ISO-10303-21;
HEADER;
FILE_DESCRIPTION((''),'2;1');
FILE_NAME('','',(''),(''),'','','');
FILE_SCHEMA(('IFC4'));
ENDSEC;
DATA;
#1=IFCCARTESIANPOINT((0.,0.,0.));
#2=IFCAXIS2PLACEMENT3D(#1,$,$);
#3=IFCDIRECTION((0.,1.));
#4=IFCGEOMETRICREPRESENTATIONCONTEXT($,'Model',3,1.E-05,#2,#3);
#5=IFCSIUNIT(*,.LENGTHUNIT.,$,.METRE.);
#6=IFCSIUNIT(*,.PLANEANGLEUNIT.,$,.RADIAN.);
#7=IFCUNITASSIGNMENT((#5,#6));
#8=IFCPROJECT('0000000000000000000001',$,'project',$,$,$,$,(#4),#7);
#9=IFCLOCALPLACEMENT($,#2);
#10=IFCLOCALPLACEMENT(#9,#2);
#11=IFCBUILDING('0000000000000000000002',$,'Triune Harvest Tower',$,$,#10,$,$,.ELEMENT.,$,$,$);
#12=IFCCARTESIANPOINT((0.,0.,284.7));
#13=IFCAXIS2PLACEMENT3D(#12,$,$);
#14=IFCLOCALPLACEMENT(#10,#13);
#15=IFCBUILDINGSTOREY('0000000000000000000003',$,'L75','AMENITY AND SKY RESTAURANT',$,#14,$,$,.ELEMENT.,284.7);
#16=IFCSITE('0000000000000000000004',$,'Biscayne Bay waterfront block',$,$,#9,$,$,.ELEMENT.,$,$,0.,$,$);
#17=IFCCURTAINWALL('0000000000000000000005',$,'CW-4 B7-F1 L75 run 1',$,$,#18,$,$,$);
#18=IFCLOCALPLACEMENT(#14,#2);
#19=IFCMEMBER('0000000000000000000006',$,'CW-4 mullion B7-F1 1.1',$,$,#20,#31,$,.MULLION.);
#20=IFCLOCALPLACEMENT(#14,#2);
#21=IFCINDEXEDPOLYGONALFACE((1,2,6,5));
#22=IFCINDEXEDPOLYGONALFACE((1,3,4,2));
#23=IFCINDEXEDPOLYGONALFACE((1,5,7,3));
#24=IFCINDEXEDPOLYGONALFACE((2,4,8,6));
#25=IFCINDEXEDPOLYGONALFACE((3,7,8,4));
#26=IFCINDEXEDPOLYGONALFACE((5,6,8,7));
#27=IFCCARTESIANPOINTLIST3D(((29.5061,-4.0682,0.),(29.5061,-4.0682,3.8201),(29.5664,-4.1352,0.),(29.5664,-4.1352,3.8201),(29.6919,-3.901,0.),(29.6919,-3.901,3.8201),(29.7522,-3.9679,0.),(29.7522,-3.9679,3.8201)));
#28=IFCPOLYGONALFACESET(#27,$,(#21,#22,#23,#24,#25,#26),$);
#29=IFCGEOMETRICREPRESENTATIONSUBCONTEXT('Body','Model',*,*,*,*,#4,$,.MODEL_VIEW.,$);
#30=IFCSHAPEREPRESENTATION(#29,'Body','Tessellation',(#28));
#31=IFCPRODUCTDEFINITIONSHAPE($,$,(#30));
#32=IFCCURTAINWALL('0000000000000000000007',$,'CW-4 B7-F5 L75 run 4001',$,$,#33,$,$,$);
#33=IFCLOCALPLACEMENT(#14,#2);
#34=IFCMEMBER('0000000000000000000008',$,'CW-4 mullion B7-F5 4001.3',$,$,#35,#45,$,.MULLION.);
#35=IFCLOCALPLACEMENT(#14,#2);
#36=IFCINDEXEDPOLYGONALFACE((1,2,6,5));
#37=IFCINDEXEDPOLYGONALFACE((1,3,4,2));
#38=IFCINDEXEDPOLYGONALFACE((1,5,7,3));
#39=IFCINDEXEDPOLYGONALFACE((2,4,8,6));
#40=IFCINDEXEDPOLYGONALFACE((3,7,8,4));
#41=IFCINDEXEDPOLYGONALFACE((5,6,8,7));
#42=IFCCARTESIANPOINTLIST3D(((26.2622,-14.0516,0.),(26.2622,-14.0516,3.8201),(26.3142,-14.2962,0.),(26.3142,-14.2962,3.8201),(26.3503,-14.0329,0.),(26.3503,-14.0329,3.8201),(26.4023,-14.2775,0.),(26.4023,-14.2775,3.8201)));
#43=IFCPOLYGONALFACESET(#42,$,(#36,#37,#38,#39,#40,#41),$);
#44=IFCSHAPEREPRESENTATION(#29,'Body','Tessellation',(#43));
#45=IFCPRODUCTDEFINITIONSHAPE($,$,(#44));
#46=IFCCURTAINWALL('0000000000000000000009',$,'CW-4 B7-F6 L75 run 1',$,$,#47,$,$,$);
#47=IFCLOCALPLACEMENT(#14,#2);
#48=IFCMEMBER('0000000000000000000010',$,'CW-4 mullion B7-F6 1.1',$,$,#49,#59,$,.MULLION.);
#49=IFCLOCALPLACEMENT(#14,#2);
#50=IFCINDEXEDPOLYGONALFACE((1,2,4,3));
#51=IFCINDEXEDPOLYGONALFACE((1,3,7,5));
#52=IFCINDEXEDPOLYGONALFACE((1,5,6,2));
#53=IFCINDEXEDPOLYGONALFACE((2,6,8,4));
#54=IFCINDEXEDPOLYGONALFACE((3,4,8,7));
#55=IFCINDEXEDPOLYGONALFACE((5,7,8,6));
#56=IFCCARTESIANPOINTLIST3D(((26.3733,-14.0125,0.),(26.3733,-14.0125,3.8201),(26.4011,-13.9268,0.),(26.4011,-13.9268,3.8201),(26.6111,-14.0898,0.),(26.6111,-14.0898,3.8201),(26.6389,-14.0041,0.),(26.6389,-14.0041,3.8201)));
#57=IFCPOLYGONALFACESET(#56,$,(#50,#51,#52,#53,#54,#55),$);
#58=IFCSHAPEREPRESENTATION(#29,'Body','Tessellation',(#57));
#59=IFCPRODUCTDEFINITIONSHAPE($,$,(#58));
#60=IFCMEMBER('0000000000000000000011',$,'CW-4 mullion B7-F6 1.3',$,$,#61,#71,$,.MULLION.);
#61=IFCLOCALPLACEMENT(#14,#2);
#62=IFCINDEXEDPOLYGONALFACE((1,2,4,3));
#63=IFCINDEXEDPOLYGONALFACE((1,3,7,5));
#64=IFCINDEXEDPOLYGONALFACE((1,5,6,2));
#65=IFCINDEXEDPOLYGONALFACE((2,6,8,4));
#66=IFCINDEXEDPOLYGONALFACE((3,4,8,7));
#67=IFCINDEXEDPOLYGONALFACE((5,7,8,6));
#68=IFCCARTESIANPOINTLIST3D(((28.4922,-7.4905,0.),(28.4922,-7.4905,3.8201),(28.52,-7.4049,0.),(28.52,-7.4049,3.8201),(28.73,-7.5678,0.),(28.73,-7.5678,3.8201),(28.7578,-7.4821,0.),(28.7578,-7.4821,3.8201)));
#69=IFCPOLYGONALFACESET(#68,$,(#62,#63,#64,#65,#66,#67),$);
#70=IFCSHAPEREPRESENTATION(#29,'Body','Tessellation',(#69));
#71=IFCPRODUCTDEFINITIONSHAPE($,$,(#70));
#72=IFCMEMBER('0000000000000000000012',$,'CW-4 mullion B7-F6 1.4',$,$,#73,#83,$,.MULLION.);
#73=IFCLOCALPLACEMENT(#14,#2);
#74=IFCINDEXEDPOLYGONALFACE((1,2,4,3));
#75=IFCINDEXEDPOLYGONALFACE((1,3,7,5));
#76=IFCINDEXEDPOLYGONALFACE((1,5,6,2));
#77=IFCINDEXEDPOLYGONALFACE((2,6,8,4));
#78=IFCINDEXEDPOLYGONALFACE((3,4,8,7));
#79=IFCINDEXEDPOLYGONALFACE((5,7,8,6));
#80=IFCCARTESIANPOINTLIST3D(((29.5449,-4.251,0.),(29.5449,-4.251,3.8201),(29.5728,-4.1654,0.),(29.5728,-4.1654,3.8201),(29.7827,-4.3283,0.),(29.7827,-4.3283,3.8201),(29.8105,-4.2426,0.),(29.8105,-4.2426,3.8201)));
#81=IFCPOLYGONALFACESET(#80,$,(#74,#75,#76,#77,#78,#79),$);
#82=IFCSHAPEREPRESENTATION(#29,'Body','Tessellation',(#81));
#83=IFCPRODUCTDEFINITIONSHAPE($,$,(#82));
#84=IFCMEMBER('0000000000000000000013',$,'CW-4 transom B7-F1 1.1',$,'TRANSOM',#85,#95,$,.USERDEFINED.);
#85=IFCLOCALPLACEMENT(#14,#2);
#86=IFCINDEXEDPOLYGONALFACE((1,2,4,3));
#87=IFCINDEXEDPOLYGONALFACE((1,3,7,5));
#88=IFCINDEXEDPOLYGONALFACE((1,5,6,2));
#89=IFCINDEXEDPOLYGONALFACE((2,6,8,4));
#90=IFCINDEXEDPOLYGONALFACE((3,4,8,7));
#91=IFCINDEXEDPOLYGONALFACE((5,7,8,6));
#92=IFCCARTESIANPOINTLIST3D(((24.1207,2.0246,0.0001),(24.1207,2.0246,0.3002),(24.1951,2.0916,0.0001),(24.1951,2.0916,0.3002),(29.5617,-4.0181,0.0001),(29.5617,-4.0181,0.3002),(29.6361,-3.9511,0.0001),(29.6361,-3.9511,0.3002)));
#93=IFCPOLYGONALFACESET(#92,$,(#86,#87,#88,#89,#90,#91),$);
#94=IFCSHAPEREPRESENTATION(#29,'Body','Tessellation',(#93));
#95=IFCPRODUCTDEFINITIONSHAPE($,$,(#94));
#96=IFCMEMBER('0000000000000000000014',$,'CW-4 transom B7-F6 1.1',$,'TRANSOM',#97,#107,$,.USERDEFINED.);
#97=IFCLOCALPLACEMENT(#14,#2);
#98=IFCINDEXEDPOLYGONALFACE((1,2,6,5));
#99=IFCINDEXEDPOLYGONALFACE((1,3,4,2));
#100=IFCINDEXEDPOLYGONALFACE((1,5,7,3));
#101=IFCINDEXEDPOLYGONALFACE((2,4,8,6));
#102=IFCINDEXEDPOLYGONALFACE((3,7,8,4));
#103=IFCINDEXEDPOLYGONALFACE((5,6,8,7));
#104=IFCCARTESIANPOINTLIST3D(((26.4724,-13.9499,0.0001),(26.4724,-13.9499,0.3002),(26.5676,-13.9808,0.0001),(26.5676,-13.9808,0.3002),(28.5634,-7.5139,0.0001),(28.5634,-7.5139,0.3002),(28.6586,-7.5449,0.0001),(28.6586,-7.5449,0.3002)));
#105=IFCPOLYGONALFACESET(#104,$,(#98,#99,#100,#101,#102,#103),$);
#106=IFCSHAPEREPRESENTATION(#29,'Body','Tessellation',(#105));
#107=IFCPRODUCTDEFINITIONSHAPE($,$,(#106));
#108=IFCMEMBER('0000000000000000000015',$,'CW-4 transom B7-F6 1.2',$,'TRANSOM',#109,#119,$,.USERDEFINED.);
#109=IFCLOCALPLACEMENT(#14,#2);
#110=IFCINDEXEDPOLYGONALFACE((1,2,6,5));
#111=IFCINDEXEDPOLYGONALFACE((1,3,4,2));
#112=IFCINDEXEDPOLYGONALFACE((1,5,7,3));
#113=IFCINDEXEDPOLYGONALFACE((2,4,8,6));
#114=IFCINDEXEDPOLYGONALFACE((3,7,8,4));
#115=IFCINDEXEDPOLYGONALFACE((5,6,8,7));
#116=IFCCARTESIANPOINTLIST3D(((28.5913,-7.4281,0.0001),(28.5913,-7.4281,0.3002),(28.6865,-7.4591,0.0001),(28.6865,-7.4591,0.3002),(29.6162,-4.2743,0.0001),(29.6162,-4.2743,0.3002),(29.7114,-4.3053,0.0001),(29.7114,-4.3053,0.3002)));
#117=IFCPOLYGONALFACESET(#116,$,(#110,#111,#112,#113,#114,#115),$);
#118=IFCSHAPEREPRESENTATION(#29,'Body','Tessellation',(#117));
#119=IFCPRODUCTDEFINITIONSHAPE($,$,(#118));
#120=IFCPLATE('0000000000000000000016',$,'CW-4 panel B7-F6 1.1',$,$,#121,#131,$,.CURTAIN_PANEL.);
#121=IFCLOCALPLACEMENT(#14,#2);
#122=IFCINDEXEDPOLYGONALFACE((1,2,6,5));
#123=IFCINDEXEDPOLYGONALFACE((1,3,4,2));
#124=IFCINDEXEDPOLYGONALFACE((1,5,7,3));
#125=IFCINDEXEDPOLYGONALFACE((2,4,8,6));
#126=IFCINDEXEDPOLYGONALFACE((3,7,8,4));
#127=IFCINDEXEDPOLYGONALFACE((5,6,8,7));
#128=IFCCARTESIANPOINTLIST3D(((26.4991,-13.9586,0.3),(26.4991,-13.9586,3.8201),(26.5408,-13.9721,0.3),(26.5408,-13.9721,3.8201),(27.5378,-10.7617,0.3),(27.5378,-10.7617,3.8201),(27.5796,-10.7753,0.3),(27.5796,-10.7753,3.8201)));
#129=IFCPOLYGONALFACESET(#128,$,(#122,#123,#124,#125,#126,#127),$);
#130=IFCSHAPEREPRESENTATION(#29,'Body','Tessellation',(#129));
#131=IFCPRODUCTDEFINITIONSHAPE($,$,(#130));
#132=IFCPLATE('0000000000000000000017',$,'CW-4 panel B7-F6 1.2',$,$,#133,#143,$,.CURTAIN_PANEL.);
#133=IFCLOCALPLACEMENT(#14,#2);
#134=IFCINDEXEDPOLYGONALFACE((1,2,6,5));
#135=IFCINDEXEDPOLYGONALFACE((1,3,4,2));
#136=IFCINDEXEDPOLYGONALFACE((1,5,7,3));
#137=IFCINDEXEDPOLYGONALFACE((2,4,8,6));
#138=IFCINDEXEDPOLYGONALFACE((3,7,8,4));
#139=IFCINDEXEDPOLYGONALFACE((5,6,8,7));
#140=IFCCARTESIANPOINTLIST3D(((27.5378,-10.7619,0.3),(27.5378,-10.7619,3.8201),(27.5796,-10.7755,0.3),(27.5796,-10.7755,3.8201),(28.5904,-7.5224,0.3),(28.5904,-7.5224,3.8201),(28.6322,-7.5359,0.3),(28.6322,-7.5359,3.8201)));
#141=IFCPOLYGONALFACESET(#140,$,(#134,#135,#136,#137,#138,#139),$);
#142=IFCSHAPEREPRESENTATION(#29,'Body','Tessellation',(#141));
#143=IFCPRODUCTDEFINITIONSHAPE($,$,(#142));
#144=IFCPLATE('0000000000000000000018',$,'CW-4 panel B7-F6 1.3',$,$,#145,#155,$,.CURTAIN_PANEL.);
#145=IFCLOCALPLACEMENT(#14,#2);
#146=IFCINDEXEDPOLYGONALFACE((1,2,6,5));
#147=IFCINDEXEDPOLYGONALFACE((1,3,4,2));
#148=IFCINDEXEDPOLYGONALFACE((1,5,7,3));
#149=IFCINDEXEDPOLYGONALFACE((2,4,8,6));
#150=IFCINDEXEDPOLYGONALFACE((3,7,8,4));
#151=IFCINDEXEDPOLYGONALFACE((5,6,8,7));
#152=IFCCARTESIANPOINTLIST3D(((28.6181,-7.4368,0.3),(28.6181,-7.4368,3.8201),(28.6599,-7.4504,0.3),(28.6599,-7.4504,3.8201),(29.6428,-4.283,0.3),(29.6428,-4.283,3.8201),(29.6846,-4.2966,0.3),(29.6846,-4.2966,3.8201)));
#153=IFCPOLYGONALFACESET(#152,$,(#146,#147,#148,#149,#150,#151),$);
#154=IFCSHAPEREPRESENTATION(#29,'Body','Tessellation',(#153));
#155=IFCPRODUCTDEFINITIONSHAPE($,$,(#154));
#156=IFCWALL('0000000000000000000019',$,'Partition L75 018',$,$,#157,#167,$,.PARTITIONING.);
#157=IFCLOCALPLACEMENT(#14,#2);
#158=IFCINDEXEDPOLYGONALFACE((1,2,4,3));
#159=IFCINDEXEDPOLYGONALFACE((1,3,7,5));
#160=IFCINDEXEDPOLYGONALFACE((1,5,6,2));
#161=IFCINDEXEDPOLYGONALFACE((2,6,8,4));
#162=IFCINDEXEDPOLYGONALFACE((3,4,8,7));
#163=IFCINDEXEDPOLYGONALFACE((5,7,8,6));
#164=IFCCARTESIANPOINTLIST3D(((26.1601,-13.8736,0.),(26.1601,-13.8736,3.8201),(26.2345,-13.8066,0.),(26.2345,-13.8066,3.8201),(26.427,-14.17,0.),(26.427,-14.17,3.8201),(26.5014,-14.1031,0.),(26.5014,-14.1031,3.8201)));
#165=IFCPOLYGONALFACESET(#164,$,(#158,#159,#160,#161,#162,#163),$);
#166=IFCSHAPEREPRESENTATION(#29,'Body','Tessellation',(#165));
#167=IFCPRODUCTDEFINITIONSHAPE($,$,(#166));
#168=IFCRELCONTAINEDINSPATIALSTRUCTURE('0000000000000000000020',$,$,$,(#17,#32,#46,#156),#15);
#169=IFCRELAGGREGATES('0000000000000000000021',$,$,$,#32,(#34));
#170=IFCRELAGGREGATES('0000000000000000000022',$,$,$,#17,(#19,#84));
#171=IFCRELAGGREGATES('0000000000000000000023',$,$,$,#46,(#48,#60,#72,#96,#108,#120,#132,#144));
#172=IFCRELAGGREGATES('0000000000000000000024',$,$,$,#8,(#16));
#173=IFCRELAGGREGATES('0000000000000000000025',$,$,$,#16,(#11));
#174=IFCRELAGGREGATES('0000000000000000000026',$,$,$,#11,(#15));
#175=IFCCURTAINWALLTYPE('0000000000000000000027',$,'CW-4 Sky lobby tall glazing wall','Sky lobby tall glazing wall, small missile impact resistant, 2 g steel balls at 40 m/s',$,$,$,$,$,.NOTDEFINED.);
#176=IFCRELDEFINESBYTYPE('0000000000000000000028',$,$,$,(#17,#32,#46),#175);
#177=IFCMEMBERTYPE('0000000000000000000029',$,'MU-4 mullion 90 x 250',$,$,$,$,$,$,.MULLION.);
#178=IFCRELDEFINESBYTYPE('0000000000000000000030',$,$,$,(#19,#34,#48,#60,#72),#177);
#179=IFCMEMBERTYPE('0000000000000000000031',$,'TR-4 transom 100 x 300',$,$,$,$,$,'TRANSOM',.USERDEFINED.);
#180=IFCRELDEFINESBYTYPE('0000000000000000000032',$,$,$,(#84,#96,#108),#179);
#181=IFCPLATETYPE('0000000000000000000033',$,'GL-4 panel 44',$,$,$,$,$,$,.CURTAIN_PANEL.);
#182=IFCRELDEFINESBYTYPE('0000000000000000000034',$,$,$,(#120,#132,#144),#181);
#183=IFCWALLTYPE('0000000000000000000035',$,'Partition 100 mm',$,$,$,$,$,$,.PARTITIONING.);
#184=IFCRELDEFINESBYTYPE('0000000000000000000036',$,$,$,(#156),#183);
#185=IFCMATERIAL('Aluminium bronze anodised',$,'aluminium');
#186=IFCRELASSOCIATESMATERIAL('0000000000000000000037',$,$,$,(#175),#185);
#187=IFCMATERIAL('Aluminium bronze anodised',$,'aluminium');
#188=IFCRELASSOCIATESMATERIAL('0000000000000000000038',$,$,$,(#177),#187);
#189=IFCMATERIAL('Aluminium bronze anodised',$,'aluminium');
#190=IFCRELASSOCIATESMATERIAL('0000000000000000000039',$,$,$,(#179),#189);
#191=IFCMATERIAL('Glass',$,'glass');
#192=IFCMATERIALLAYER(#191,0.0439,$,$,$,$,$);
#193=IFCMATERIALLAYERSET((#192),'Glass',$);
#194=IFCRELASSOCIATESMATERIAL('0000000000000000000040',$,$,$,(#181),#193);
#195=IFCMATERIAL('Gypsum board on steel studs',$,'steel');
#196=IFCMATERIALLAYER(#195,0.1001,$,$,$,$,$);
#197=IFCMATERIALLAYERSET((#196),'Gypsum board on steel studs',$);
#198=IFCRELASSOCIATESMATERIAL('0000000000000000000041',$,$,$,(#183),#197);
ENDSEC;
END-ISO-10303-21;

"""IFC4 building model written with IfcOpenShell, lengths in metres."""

from ifc_helpers import new_model, si_unit, direction, frame, frame_2d, origin, origin_2d, place, context, subcontext, project, spatial, rectangle, extrude, source, transform, mapped, material, layer, layer_set, material_profile, profile_set, type_object, element, aggregate, save


model = new_model("IFC4")

# Units and contexts
model_context = context("Model", 3, precision=1e-05, world=origin(), true_north=direction((0.0, 1.0)))
body_context = subcontext(model_context, "Body", "Model", "MODEL_VIEW")
ifc_project = project(units=[si_unit("LENGTHUNIT", "METRE"), si_unit("PLANEANGLEUNIT", "RADIAN")], contexts=[model_context])

# Site, building, storey
site_placement = place(None, origin())
site = spatial("IfcSite", under=ifc_project, at=site_placement, Name="Biscayne Bay waterfront block", CompositionType="ELEMENT", RefElevation=0.0)
building_placement = place(site_placement, origin())
building = spatial("IfcBuilding", under=site, at=building_placement, Name="Triune Harvest Tower", CompositionType="ELEMENT")
storey_placement = place(building_placement, frame((0.0, 0.0, 284.7)))
storey = spatial("IfcBuildingStorey", under=building, at=storey_placement, Name="L75", Description="AMENITY AND SKY RESTAURANT", CompositionType="ELEMENT", Elevation=284.7)

# Curtain walls, members
ifc_material_1 = material(Name="Aluminium bronze anodised", Category="aluminium")
curtain_wall_type = type_object("IfcCurtainWallType", Name="CW-4 Sky lobby tall glazing wall", Description="Sky lobby tall glazing wall, small missile impact resistant, 2 g steel balls at 40 m/s", PredefinedType="NOTDEFINED", material=ifc_material_1)
curtain_wall_1_placement = place(storey_placement, origin())
curtain_wall_1 = element("IfcCurtainWall", 1, at=curtain_wall_1_placement, inside=storey, type_object=curtain_wall_type, Name="CW-4 B7-F1 L75 run 1")
ifc_material_2 = material(Name="Aluminium bronze anodised", Category="aluminium")
ifc_material_profile_1 = material_profile(ifc_material_2, rectangle(XDim=0.25, YDim=0.0901, at=origin_2d()), Name="MU-4 mullion 90 x 250")
ifc_profile_set_1 = profile_set([ifc_material_profile_1], Name="Aluminium bronze anodised")
member_type_1 = type_object("IfcMemberType", Name="MU-4 mullion 90 x 250", PredefinedType="MULLION", material=ifc_profile_set_1)
shared_shape_1 = source(origin(), body_context, "Body", "SweptSolid", [
    extrude(rectangle(XDim=0.25, YDim=0.0901, at=origin_2d()), origin(), (0.0, 0.0, 1.0), 3.8201),
])
member_1_placement = place(storey_placement, frame((29.6292, -4.0181, 0.0), z_axis=(0.0, 0.0, 1.0), x_axis=(-0.743149, -0.669126, 0.0)))
member_1 = element("IfcMember", 2, at=member_1_placement, type_object=member_type_1, Name="CW-4 mullion B7-F1 1.1", PredefinedType="MULLION", context=body_context, shape_type="MappedRepresentation", body=[
    mapped(shared_shape_1, transform((0.0, 0.0, 0.0), scale=1.0)),
])
curtain_wall_2_placement = place(storey_placement, origin())
curtain_wall_2 = element("IfcCurtainWall", 3, at=curtain_wall_2_placement, inside=storey, type_object=curtain_wall_type, Name="CW-4 B7-F5 L75 run 4001")
member_2_placement = place(storey_placement, frame((26.3323, -14.1646, 0.0), z_axis=(0.0, 0.0, 1.0), x_axis=(-0.207913, 0.978147, 0.0)))
member_2 = element("IfcMember", 4, at=member_2_placement, type_object=member_type_1, Name="CW-4 mullion B7-F5 4001.3", PredefinedType="MULLION", context=body_context, shape_type="MappedRepresentation", body=[
    mapped(shared_shape_1, transform((0.0, 0.0, 0.0), scale=1.0)),
])
aggregate(curtain_wall_2, [member_2])

# Curtain wall, members
curtain_wall_3_placement = place(storey_placement, origin())
curtain_wall_3 = element("IfcCurtainWall", 5, at=curtain_wall_3_placement, inside=storey, type_object=curtain_wall_type, Name="CW-4 B7-F6 L75 run 1")
member_3_placement = place(storey_placement, frame((26.5061, -14.0083, 0.0), z_axis=(0.0, 0.0, 1.0), x_axis=(-0.951056, 0.309019, 0.0)))
member_3 = element("IfcMember", 6, at=member_3_placement, type_object=member_type_1, Name="CW-4 mullion B7-F6 1.1", PredefinedType="MULLION", context=body_context, shape_type="MappedRepresentation", body=[
    mapped(shared_shape_1, transform((0.0, 0.0, 0.0), scale=1.0)),
])
member_4_placement = place(storey_placement, frame((28.625, -7.4863, 0.0), z_axis=(0.0, 0.0, 1.0), x_axis=(-0.951056, 0.309019, 0.0)))
member_4 = element("IfcMember", 7, at=member_4_placement, type_object=member_type_1, Name="CW-4 mullion B7-F6 1.3", PredefinedType="MULLION", context=body_context, shape_type="MappedRepresentation", body=[
    mapped(shared_shape_1, transform((0.0, 0.0, 0.0), scale=1.0)),
])
member_5_placement = place(storey_placement, frame((29.6777, -4.2468, 0.0), z_axis=(0.0, 0.0, 1.0), x_axis=(-0.951056, 0.309019, 0.0)))
member_5 = element("IfcMember", 8, at=member_5_placement, type_object=member_type_1, Name="CW-4 mullion B7-F6 1.4", PredefinedType="MULLION", context=body_context, shape_type="MappedRepresentation", body=[
    mapped(shared_shape_1, transform((0.0, 0.0, 0.0), scale=1.0)),
])

# Members
ifc_material_3 = material(Name="Aluminium bronze anodised", Category="aluminium")
ifc_material_profile_2 = material_profile(ifc_material_3, rectangle(XDim=0.1001, YDim=0.3, at=origin_2d()), Name="TR-4 transom 100 x 300")
ifc_profile_set_2 = profile_set([ifc_material_profile_2], Name="Aluminium bronze anodised")
member_type_2 = type_object("IfcMemberType", Name="TR-4 transom 100 x 300", ElementType="TRANSOM", PredefinedType="USERDEFINED", material=ifc_profile_set_2)
shared_shape_2 = source(origin(), body_context, "Body", "SweptSolid", [
    extrude(rectangle(XDim=0.1001, YDim=0.3, at=origin_2d()), origin(), (0.0, 0.0, 1.0), 8.1313),
])
member_6_placement = place(storey_placement, frame((29.5989, -3.9846, 0.1501), z_axis=(-0.669132, 0.743143, 0.0), x_axis=(-0.743143, -0.669132, 0.0)))
member_6 = element("IfcMember", 9, at=member_6_placement, type_object=member_type_2, Name="CW-4 transom B7-F1 1.1", ObjectType="TRANSOM", PredefinedType="USERDEFINED", context=body_context, shape_type="MappedRepresentation", body=[
    mapped(shared_shape_2, transform((0.0, 0.0, 0.0), scale=1.0)),
])
aggregate(curtain_wall_1, [member_1, member_6])
shared_shape_3 = source(origin(), body_context, "Body", "SweptSolid", [
    extrude(rectangle(XDim=0.1001, YDim=0.3, at=origin_2d()), origin(), (0.0, 0.0, 1.0), 6.7671),
])
member_7_placement = place(storey_placement, frame((26.52, -13.9653, 0.1501), z_axis=(0.309, 0.951062, 0.0), x_axis=(-0.951062, 0.309, 0.0)))
member_7 = element("IfcMember", 10, at=member_7_placement, type_object=member_type_2, Name="CW-4 transom B7-F6 1.1", ObjectType="TRANSOM", PredefinedType="USERDEFINED", context=body_context, shape_type="MappedRepresentation", body=[
    mapped(shared_shape_3, transform((0.0, 0.0, 0.0), scale=1.0)),
])
shared_shape_4 = source(origin(), body_context, "Body", "SweptSolid", [
    extrude(rectangle(XDim=0.1001, YDim=0.3, at=origin_2d()), origin(), (0.0, 0.0, 1.0), 3.3162),
])
member_8_placement = place(storey_placement, frame((28.6389, -7.4436, 0.1501), z_axis=(0.309063, 0.951042, 0.0), x_axis=(-0.951042, 0.309063, 0.0)))
member_8 = element("IfcMember", 11, at=member_8_placement, type_object=member_type_2, Name="CW-4 transom B7-F6 1.2", ObjectType="TRANSOM", PredefinedType="USERDEFINED", context=body_context, shape_type="MappedRepresentation", body=[
    mapped(shared_shape_4, transform((0.0, 0.0, 0.0), scale=1.0)),
])

# Plates
ifc_material_4 = material(Name="Glass", Category="glass")
ifc_layer_1 = layer(ifc_material_4, 0.0439)
ifc_layer_set_1 = layer_set([ifc_layer_1], Name="Glass")
plate_type = type_object("IfcPlateType", Name="GL-4 panel 44", PredefinedType="CURTAIN_PANEL", material=ifc_layer_set_1)
shared_shape_5 = source(origin(), body_context, "Body", "SweptSolid", [
    extrude(rectangle(XDim=3.3613, YDim=0.0439, at=origin_2d()), origin(), (0.0, 0.0, 1.0), 3.52),
])
plate_1_placement = place(storey_placement, frame((27.0393, -12.3669, 0.3), z_axis=(0.0, 0.0, 1.0), x_axis=(0.309019, 0.951056, 0.0)))
plate_1 = element("IfcPlate", 12, at=plate_1_placement, type_object=plate_type, Name="CW-4 panel B7-F6 1.1", PredefinedType="CURTAIN_PANEL", context=body_context, shape_type="MappedRepresentation", body=[
    mapped(shared_shape_5, transform((0.0, 0.0, 0.0), scale=1.0)),
])
shared_shape_6 = source(origin(), body_context, "Body", "SweptSolid", [
    extrude(rectangle(XDim=3.4062, YDim=0.0439, at=origin_2d()), origin(), (0.0, 0.0, 1.0), 3.52),
])
plate_2_placement = place(storey_placement, frame((28.085, -9.1489, 0.3), z_axis=(0.0, 0.0, 1.0), x_axis=(0.309019, 0.951056, 0.0)))
plate_2 = element("IfcPlate", 13, at=plate_2_placement, type_object=plate_type, Name="CW-4 panel B7-F6 1.2", PredefinedType="CURTAIN_PANEL", context=body_context, shape_type="MappedRepresentation", body=[
    mapped(shared_shape_6, transform((0.0, 0.0, 0.0), scale=1.0)),
])
shared_shape_7 = source(origin(), body_context, "Body", "SweptSolid", [
    extrude(rectangle(XDim=3.3162, YDim=0.0439, at=origin_2d()), origin(), (0.0, 0.0, 1.0), 3.52),
])
plate_3_placement = place(storey_placement, frame((29.1514, -5.8667, 0.3), z_axis=(0.0, 0.0, 1.0), x_axis=(0.309019, 0.951056, 0.0)))
plate_3 = element("IfcPlate", 14, at=plate_3_placement, type_object=plate_type, Name="CW-4 panel B7-F6 1.3", PredefinedType="CURTAIN_PANEL", context=body_context, shape_type="MappedRepresentation", body=[
    mapped(shared_shape_7, transform((0.0, 0.0, 0.0), scale=1.0)),
])
aggregate(curtain_wall_3, [member_3, member_4, member_5, member_7, member_8, plate_1, plate_2, plate_3])

# Wall
ifc_material_5 = material(Name="Gypsum board on steel studs", Category="steel")
ifc_layer_2 = layer(ifc_material_5, 0.1001)
ifc_layer_set_2 = layer_set([ifc_layer_2], Name="Gypsum board on steel studs")
wall_type = type_object("IfcWallType", Name="Partition 100 mm", PredefinedType="PARTITIONING", material=ifc_layer_set_2)
wall_placement = place(storey_placement, frame((26.1973, -13.8401, 0.0), z_axis=(0.0, 0.0, 1.0), x_axis=(0.6691, -0.743172, 0.0)))
element("IfcWall", 15, at=wall_placement, inside=storey, type_object=wall_type, Name="Partition L75 018", PredefinedType="PARTITIONING", context=body_context, shape_type="SweptSolid", body=[
    extrude(rectangle(XDim=0.3989, YDim=0.1001, at=frame_2d((0.1995, 0.0))), origin(), (0.0, 0.0, 1.0), 3.8201),
])

save(model, "model.ifc")
